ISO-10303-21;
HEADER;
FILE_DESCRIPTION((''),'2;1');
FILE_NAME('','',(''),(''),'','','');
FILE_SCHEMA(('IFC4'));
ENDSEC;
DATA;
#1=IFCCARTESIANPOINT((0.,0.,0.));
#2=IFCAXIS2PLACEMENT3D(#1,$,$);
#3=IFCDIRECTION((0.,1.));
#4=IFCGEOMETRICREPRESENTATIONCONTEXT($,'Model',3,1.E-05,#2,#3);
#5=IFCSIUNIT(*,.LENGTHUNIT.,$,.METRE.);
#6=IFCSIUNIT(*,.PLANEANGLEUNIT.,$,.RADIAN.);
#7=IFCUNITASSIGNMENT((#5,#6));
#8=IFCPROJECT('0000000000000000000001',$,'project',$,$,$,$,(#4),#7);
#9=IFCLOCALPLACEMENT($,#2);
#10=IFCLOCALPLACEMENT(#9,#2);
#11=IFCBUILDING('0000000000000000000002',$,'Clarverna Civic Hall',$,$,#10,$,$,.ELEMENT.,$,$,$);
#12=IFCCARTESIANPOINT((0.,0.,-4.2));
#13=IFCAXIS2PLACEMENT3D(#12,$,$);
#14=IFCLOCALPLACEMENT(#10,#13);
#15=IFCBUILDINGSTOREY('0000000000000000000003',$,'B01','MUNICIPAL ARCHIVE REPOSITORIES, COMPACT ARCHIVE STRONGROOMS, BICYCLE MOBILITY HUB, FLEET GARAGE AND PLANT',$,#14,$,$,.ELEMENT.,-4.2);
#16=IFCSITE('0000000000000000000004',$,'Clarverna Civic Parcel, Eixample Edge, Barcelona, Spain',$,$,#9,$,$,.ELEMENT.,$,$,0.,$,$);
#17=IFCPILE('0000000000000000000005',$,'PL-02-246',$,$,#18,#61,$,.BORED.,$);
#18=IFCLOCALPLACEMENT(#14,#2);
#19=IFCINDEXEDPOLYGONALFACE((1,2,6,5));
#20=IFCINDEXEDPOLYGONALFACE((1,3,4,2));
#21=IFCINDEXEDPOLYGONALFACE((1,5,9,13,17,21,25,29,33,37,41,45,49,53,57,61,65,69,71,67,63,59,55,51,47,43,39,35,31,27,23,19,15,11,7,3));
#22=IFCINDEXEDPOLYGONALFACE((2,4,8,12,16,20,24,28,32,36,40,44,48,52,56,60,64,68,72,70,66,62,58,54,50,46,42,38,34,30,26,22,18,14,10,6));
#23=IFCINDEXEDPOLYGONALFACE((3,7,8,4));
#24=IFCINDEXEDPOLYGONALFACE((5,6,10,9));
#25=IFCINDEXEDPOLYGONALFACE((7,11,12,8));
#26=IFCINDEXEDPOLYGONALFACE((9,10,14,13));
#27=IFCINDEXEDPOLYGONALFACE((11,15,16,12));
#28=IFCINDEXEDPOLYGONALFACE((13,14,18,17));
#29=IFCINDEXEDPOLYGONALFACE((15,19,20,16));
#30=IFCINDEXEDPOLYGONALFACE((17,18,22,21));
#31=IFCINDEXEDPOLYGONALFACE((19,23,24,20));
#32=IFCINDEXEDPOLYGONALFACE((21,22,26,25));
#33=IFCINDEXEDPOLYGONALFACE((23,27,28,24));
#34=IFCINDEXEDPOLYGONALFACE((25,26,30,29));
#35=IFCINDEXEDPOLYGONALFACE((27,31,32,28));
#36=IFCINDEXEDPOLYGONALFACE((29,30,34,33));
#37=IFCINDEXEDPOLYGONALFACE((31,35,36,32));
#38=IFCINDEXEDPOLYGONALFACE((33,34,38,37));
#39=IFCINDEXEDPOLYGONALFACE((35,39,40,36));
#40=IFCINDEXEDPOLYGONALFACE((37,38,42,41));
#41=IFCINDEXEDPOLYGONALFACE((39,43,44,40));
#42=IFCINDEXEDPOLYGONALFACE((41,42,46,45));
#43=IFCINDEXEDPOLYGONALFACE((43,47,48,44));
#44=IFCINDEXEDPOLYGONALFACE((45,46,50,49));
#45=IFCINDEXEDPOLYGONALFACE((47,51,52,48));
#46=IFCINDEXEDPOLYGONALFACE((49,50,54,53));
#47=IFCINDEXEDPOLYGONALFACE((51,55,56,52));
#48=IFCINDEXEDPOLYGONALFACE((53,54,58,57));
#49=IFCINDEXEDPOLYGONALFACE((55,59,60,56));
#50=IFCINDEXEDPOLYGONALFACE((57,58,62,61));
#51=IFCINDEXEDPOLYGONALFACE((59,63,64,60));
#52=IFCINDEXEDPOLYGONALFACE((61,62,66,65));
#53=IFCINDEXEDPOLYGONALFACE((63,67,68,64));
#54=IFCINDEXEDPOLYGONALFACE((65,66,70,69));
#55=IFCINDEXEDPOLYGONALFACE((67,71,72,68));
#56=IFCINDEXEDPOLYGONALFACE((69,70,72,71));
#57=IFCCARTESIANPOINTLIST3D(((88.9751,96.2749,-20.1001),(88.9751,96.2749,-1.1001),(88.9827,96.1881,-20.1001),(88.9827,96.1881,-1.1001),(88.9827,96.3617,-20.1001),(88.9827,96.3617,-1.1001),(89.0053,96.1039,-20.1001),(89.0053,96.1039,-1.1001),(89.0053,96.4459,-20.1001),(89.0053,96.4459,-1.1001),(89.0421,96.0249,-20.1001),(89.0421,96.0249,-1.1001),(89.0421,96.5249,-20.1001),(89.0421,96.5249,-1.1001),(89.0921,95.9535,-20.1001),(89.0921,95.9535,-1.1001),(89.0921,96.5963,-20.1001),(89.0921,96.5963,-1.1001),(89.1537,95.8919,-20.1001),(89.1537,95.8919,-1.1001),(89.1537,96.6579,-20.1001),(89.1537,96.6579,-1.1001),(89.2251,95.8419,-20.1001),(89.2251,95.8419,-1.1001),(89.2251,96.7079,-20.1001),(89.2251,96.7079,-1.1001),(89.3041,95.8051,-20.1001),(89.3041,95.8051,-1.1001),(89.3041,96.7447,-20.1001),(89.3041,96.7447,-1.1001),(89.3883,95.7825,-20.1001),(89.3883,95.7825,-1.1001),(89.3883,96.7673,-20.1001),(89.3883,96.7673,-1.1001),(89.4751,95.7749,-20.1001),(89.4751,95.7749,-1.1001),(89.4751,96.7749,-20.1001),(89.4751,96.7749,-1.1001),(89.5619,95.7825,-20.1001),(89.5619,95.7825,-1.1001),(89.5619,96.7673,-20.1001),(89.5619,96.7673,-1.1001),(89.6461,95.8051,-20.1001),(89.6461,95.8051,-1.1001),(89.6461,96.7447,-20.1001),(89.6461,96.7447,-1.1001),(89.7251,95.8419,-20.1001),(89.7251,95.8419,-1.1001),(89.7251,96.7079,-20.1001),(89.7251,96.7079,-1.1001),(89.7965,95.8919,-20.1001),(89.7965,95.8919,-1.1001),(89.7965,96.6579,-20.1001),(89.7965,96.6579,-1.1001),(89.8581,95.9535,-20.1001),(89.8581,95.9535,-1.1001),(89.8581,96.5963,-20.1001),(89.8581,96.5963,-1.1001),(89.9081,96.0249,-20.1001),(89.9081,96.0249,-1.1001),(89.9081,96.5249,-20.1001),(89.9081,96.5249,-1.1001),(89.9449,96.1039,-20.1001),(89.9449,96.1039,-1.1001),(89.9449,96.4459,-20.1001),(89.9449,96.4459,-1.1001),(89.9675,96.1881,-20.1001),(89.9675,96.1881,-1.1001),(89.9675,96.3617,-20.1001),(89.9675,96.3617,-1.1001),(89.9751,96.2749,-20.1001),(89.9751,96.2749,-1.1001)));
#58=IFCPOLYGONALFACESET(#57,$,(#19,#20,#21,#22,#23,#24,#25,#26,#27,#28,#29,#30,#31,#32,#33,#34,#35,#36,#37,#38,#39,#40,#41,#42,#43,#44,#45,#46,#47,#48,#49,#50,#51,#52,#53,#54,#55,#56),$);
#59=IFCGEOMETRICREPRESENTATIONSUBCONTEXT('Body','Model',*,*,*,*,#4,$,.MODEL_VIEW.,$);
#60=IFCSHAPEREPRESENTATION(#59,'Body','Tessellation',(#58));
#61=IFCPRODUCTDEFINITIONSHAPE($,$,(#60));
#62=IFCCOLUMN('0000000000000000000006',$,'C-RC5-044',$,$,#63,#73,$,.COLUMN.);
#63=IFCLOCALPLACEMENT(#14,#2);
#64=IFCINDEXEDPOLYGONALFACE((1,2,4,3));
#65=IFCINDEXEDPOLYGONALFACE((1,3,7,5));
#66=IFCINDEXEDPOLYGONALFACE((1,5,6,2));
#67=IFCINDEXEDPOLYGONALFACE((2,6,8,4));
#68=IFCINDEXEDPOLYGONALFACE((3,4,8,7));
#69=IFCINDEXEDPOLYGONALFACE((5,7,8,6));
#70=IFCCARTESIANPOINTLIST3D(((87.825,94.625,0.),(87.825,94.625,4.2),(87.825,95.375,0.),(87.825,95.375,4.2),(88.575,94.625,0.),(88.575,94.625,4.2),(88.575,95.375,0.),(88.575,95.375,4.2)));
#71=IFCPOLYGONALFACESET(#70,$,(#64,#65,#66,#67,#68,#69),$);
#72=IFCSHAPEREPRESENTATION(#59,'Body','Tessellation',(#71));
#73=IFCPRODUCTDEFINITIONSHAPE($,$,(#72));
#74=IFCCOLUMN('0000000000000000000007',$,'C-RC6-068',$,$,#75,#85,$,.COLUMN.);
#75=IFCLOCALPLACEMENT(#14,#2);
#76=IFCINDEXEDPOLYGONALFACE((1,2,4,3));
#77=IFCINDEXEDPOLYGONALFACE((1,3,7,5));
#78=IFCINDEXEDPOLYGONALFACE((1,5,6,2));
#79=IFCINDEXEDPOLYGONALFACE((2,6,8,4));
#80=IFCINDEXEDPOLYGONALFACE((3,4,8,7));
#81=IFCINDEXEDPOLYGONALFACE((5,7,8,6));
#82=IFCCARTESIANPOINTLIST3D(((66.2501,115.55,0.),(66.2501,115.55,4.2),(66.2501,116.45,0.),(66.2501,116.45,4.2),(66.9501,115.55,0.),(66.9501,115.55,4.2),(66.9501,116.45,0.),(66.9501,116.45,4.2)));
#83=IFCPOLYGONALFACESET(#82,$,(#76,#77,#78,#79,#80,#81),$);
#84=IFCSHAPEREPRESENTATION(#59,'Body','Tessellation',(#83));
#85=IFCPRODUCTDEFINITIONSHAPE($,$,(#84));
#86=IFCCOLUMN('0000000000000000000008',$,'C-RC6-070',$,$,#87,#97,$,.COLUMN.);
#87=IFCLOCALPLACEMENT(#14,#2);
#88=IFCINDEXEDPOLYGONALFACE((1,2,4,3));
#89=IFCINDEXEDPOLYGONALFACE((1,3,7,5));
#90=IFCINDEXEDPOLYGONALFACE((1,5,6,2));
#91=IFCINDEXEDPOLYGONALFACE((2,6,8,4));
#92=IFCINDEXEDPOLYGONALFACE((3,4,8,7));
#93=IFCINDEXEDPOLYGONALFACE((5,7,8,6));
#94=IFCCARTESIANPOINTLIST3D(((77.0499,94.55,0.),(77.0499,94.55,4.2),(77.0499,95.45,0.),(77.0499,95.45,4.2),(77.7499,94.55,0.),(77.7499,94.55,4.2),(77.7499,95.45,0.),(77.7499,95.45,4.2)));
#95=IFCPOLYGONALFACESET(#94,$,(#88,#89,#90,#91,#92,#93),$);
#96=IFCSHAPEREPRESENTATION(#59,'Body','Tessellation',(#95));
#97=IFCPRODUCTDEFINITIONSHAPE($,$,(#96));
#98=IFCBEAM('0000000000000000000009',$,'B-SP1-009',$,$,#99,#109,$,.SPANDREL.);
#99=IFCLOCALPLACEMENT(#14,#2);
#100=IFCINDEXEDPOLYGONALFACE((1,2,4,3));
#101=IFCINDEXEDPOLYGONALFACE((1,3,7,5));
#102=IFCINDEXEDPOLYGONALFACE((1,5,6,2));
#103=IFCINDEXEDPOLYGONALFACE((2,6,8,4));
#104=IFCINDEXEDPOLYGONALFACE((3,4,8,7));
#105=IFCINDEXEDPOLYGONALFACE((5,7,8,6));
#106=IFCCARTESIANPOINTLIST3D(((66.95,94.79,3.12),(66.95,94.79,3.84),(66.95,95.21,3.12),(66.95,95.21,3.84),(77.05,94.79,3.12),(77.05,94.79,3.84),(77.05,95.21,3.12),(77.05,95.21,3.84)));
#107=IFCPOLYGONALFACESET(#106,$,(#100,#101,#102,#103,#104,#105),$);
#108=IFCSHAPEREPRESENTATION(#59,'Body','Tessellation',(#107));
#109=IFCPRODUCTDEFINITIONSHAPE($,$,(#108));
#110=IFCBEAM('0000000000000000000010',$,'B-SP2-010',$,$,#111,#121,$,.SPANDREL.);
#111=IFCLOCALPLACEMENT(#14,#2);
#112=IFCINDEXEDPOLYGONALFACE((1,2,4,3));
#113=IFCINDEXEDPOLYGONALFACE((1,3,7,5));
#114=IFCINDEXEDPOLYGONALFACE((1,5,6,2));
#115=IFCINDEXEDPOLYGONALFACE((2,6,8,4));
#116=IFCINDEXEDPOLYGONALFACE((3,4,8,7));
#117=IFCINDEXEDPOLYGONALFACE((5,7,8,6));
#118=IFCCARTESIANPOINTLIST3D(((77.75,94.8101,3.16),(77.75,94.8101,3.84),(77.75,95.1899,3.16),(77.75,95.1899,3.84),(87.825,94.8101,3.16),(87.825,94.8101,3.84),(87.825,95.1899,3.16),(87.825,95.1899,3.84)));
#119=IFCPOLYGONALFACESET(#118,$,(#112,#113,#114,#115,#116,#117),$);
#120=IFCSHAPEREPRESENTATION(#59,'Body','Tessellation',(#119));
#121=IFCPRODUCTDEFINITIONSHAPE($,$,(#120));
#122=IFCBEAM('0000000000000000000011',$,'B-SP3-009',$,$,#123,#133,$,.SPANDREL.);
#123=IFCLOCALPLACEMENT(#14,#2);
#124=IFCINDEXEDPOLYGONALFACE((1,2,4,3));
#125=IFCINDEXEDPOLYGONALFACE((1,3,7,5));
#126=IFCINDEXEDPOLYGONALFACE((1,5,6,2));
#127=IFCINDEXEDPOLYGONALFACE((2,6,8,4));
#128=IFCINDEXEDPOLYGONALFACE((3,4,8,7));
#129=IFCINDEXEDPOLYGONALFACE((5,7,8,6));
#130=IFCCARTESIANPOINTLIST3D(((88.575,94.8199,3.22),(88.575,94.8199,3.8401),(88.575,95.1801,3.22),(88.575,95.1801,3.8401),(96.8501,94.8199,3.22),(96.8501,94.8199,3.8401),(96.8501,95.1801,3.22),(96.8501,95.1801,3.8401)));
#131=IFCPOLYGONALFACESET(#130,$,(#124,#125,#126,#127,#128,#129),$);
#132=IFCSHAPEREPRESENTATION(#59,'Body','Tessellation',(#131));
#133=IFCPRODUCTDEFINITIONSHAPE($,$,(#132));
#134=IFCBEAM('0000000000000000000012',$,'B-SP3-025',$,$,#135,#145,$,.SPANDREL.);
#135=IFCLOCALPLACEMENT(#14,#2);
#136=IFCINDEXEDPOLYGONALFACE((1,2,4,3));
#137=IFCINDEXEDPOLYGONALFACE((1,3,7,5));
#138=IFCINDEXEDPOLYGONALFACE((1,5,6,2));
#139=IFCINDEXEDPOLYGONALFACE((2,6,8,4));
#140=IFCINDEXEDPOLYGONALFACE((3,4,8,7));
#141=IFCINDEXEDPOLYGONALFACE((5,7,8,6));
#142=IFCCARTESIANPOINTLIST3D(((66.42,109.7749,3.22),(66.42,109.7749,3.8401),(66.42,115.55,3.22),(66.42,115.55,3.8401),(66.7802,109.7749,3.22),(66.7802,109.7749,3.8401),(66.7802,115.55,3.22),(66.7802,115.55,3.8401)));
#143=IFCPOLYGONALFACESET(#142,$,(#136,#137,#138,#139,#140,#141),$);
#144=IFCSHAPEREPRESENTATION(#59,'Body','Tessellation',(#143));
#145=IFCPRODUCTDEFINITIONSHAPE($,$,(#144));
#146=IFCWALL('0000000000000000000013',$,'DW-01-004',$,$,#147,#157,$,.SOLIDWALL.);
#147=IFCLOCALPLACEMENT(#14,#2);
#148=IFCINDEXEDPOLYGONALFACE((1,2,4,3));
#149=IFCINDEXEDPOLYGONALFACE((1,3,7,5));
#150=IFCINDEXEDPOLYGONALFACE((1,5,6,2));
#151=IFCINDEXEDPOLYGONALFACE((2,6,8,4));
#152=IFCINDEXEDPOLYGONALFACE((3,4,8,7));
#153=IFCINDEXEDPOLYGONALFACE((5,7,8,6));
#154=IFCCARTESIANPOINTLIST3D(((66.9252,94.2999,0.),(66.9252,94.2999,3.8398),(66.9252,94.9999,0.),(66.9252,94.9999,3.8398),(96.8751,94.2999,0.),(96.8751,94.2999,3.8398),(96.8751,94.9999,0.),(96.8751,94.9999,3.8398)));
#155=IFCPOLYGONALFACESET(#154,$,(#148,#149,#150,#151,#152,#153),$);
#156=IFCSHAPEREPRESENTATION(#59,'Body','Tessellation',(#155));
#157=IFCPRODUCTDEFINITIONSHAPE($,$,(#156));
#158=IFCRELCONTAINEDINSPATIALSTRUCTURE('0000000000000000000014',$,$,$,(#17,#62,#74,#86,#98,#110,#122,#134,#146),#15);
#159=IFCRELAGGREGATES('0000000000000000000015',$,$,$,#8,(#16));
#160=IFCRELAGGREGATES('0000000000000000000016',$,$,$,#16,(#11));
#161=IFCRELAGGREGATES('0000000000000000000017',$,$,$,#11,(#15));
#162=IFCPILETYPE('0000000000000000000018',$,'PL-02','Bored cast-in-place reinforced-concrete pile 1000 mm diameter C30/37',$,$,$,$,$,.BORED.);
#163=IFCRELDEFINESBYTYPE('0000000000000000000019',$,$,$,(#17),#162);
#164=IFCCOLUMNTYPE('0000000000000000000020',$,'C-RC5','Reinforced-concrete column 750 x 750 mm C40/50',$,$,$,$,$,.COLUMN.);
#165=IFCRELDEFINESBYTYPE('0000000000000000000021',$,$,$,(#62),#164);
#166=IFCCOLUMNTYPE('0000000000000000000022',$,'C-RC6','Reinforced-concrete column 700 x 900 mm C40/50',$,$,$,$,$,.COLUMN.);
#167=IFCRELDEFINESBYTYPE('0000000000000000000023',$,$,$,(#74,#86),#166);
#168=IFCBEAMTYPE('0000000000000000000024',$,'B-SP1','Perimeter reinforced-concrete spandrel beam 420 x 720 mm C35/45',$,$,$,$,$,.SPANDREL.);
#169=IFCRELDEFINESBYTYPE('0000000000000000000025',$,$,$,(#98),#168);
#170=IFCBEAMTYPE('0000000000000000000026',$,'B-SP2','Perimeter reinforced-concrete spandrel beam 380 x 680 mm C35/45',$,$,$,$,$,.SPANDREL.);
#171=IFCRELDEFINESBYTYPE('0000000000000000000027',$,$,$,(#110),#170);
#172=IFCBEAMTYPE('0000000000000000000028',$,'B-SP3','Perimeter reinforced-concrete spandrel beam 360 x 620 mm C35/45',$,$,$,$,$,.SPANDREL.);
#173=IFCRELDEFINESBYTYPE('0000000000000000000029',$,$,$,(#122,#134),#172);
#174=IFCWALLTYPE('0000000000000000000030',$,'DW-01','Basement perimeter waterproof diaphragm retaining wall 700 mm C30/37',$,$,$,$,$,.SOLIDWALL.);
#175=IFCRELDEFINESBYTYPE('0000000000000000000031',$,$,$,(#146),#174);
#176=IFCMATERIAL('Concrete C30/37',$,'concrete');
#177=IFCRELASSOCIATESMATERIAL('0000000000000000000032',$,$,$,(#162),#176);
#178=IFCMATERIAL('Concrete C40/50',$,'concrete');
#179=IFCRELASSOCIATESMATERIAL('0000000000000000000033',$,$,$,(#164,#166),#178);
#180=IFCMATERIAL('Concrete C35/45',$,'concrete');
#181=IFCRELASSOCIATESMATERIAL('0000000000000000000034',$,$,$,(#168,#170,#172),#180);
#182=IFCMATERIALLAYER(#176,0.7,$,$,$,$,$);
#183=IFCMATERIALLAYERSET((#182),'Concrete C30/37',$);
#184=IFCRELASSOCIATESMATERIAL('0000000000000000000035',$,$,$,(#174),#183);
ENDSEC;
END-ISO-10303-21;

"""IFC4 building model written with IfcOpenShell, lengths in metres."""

from ifc_helpers import new_model, si_unit, direction, frame, frame_2d, origin, origin_2d, place, context, subcontext, project, spatial, rectangle, circle, extrude, material, layer, layer_set, material_profile, profile_set, type_object, element, save


model = new_model("IFC4")

# Units and contexts
model_context = context("Model", 3, precision=1e-05, world=origin(), true_north=direction((0.0, 1.0)))
body_context = subcontext(model_context, "Body", "Model", "MODEL_VIEW")
ifc_project = project(units=[si_unit("LENGTHUNIT", "METRE"), si_unit("PLANEANGLEUNIT", "RADIAN")], contexts=[model_context])

# Site, building, storey
site_placement = place(None, origin())
site = spatial("IfcSite", under=ifc_project, at=site_placement, Name="Clarverna Civic Parcel, Eixample Edge, Barcelona, Spain", CompositionType="ELEMENT", RefElevation=0.0)
building_placement = place(site_placement, origin())
building = spatial("IfcBuilding", under=site, at=building_placement, Name="Clarverna Civic Hall", CompositionType="ELEMENT")
storey_placement = place(building_placement, frame((0.0, 0.0, -4.2)))
storey = spatial("IfcBuildingStorey", under=building, at=storey_placement, Name="B01", Description="MUNICIPAL ARCHIVE REPOSITORIES, COMPACT ARCHIVE STRONGROOMS, BICYCLE MOBILITY HUB, FLEET GARAGE AND PLANT", CompositionType="ELEMENT", Elevation=-4.2)

# Shared definitions
ifc_material_1 = material(Name="Concrete C30/37", Category="concrete")

# Pile
ifc_material_profile_1 = material_profile(ifc_material_1, circle(Radius=0.5, at=origin_2d()), Name="BORED PILE D1000")
ifc_profile_set_1 = profile_set([ifc_material_profile_1], Name="Concrete C30/37")
pile_type = type_object("IfcPileType", Name="PL-02", Description="Bored cast-in-place reinforced-concrete pile 1000 mm diameter C30/37", PredefinedType="BORED", material=ifc_profile_set_1)
for number, where, z_axis, x_axis, name in (
    (1, (89.4751, 96.2749, -1.1001), (0.0, 0.0, -1.0), (1.0, 0.0, 0.0), "PL-02-246"),
):
    element("IfcPile", number, at=place(storey_placement, frame(where, z_axis=z_axis, x_axis=x_axis)), inside=storey, type_object=pile_type, Name=name, PredefinedType="BORED", context=body_context, shape_type="SweptSolid", body=[
        extrude(circle(Radius=0.5, at=origin_2d()), origin(), (0.0, 0.0, 1.0), 19.0),
    ])

# Columns
ifc_material_2 = material(Name="Concrete C40/50", Category="concrete")
ifc_material_profile_2 = material_profile(ifc_material_2, rectangle(XDim=0.75, YDim=0.75, at=origin_2d()), Name="RC 750x750")
ifc_profile_set_2 = profile_set([ifc_material_profile_2], Name="Concrete C40/50")
column_type_1 = type_object("IfcColumnType", Name="C-RC5", Description="Reinforced-concrete column 750 x 750 mm C40/50", PredefinedType="COLUMN", material=ifc_profile_set_2)
column_placement = place(storey_placement, frame((88.2, 95.0, 0.0), z_axis=(0.0, 0.0, 1.0), x_axis=(1.0, 0.0, 0.0)))
element("IfcColumn", 2, at=column_placement, inside=storey, type_object=column_type_1, Name="C-RC5-044", PredefinedType="COLUMN", context=body_context, shape_type="SweptSolid", body=[
    extrude(rectangle(XDim=0.75, YDim=0.75, at=origin_2d()), origin(), (0.0, 0.0, 1.0), 4.2),
])
ifc_material_profile_3 = material_profile(ifc_material_2, rectangle(XDim=0.7, YDim=0.8999, at=origin_2d()), Name="RC 700x900")
ifc_profile_set_3 = profile_set([ifc_material_profile_3], Name="Concrete C40/50")
column_type_2 = type_object("IfcColumnType", Name="C-RC6", Description="Reinforced-concrete column 700 x 900 mm C40/50", PredefinedType="COLUMN", material=ifc_profile_set_3)
for number, where, z_axis, x_axis, name in (
    (3, (66.6001, 116.0, 0.0), (0.0, 0.0, 1.0), (1.0, 0.0, 0.0), "C-RC6-068"),
    (4, (77.3999, 95.0, 0.0), (0.0, 0.0, 1.0), (1.0, 0.0, 0.0), "C-RC6-070"),
):
    element("IfcColumn", number, at=place(storey_placement, frame(where, z_axis=z_axis, x_axis=x_axis)), inside=storey, type_object=column_type_2, Name=name, PredefinedType="COLUMN", context=body_context, shape_type="SweptSolid", body=[
        extrude(rectangle(XDim=0.7, YDim=0.8999, at=origin_2d()), origin(), (0.0, 0.0, 1.0), 4.2),
    ])

# Beams
ifc_material_3 = material(Name="Concrete C35/45", Category="concrete")
ifc_material_profile_4 = material_profile(ifc_material_3, rectangle(XDim=0.4199, YDim=0.72, at=origin_2d()), Name="RC 420x720")
ifc_profile_set_4 = profile_set([ifc_material_profile_4], Name="Concrete C35/45")
beam_type_1 = type_object("IfcBeamType", Name="B-SP1", Description="Perimeter reinforced-concrete spandrel beam 420 x 720 mm C35/45", PredefinedType="SPANDREL", material=ifc_profile_set_4)
beam_1_placement = place(storey_placement, frame((66.95, 95.0, 3.48), z_axis=(1.0, 0.0, 0.0), x_axis=(0.0, 1.0, 0.0)))
element("IfcBeam", 5, at=beam_1_placement, inside=storey, type_object=beam_type_1, Name="B-SP1-009", PredefinedType="SPANDREL", context=body_context, shape_type="SweptSolid", body=[
    extrude(rectangle(XDim=0.4199, YDim=0.72, at=origin_2d()), origin(), (0.0, 0.0, 1.0), 10.1001),
])
ifc_material_profile_5 = material_profile(ifc_material_3, rectangle(XDim=0.3799, YDim=0.6799, at=origin_2d()), Name="RC 380x680")
ifc_profile_set_5 = profile_set([ifc_material_profile_5], Name="Concrete C35/45")
beam_type_2 = type_object("IfcBeamType", Name="B-SP2", Description="Perimeter reinforced-concrete spandrel beam 380 x 680 mm C35/45", PredefinedType="SPANDREL", material=ifc_profile_set_5)
beam_2_placement = place(storey_placement, frame((77.75, 95.0, 3.5), z_axis=(1.0, 0.0, 0.0), x_axis=(0.0, 1.0, 0.0)))
element("IfcBeam", 6, at=beam_2_placement, inside=storey, type_object=beam_type_2, Name="B-SP2-010", PredefinedType="SPANDREL", context=body_context, shape_type="SweptSolid", body=[
    extrude(rectangle(XDim=0.3799, YDim=0.6799, at=origin_2d()), origin(), (0.0, 0.0, 1.0), 10.075),
])
ifc_material_profile_6 = material_profile(ifc_material_3, rectangle(XDim=0.3601, YDim=0.6201, at=origin_2d()), Name="RC 360x620")
ifc_profile_set_6 = profile_set([ifc_material_profile_6], Name="Concrete C35/45")
beam_type_3 = type_object("IfcBeamType", Name="B-SP3", Description="Perimeter reinforced-concrete spandrel beam 360 x 620 mm C35/45", PredefinedType="SPANDREL", material=ifc_profile_set_6)
beam_3_placement = place(storey_placement, frame((88.575, 95.0, 3.53), z_axis=(1.0, 0.0, 0.0), x_axis=(0.0, 1.0, 0.0)))
element("IfcBeam", 7, at=beam_3_placement, inside=storey, type_object=beam_type_3, Name="B-SP3-009", PredefinedType="SPANDREL", context=body_context, shape_type="SweptSolid", body=[
    extrude(rectangle(XDim=0.3601, YDim=0.6201, at=origin_2d()), origin(), (0.0, 0.0, 1.0), 8.2751),
])
beam_4_placement = place(storey_placement, frame((66.6001, 109.7749, 3.53), z_axis=(0.0, 1.0, 0.0), x_axis=(-1.0, 0.0, 0.0)))
element("IfcBeam", 8, at=beam_4_placement, inside=storey, type_object=beam_type_3, Name="B-SP3-025", PredefinedType="SPANDREL", context=body_context, shape_type="SweptSolid", body=[
    extrude(rectangle(XDim=0.3601, YDim=0.6201, at=origin_2d()), origin(), (0.0, 0.0, 1.0), 5.7751),
])

# Wall
ifc_layer = layer(ifc_material_1, 0.7)
ifc_layer_set = layer_set([ifc_layer], Name="Concrete C30/37")
wall_type = type_object("IfcWallType", Name="DW-01", Description="Basement perimeter waterproof diaphragm retaining wall 700 mm C30/37", PredefinedType="SOLIDWALL", material=ifc_layer_set)
wall_placement = place(storey_placement, frame((66.925, 94.6499, 0.0), z_axis=(0.0, 0.0, 1.0), x_axis=(1.0, 0.0, 0.0)))
element("IfcWall", 9, at=wall_placement, inside=storey, type_object=wall_type, Name="DW-01-004", PredefinedType="SOLIDWALL", context=body_context, shape_type="SweptSolid", body=[
    extrude(rectangle(XDim=29.95, YDim=0.7, at=frame_2d((14.9751, 0.0))), origin(), (0.0, 0.0, 1.0), 3.8398),
])

save(model, "model.ifc")
